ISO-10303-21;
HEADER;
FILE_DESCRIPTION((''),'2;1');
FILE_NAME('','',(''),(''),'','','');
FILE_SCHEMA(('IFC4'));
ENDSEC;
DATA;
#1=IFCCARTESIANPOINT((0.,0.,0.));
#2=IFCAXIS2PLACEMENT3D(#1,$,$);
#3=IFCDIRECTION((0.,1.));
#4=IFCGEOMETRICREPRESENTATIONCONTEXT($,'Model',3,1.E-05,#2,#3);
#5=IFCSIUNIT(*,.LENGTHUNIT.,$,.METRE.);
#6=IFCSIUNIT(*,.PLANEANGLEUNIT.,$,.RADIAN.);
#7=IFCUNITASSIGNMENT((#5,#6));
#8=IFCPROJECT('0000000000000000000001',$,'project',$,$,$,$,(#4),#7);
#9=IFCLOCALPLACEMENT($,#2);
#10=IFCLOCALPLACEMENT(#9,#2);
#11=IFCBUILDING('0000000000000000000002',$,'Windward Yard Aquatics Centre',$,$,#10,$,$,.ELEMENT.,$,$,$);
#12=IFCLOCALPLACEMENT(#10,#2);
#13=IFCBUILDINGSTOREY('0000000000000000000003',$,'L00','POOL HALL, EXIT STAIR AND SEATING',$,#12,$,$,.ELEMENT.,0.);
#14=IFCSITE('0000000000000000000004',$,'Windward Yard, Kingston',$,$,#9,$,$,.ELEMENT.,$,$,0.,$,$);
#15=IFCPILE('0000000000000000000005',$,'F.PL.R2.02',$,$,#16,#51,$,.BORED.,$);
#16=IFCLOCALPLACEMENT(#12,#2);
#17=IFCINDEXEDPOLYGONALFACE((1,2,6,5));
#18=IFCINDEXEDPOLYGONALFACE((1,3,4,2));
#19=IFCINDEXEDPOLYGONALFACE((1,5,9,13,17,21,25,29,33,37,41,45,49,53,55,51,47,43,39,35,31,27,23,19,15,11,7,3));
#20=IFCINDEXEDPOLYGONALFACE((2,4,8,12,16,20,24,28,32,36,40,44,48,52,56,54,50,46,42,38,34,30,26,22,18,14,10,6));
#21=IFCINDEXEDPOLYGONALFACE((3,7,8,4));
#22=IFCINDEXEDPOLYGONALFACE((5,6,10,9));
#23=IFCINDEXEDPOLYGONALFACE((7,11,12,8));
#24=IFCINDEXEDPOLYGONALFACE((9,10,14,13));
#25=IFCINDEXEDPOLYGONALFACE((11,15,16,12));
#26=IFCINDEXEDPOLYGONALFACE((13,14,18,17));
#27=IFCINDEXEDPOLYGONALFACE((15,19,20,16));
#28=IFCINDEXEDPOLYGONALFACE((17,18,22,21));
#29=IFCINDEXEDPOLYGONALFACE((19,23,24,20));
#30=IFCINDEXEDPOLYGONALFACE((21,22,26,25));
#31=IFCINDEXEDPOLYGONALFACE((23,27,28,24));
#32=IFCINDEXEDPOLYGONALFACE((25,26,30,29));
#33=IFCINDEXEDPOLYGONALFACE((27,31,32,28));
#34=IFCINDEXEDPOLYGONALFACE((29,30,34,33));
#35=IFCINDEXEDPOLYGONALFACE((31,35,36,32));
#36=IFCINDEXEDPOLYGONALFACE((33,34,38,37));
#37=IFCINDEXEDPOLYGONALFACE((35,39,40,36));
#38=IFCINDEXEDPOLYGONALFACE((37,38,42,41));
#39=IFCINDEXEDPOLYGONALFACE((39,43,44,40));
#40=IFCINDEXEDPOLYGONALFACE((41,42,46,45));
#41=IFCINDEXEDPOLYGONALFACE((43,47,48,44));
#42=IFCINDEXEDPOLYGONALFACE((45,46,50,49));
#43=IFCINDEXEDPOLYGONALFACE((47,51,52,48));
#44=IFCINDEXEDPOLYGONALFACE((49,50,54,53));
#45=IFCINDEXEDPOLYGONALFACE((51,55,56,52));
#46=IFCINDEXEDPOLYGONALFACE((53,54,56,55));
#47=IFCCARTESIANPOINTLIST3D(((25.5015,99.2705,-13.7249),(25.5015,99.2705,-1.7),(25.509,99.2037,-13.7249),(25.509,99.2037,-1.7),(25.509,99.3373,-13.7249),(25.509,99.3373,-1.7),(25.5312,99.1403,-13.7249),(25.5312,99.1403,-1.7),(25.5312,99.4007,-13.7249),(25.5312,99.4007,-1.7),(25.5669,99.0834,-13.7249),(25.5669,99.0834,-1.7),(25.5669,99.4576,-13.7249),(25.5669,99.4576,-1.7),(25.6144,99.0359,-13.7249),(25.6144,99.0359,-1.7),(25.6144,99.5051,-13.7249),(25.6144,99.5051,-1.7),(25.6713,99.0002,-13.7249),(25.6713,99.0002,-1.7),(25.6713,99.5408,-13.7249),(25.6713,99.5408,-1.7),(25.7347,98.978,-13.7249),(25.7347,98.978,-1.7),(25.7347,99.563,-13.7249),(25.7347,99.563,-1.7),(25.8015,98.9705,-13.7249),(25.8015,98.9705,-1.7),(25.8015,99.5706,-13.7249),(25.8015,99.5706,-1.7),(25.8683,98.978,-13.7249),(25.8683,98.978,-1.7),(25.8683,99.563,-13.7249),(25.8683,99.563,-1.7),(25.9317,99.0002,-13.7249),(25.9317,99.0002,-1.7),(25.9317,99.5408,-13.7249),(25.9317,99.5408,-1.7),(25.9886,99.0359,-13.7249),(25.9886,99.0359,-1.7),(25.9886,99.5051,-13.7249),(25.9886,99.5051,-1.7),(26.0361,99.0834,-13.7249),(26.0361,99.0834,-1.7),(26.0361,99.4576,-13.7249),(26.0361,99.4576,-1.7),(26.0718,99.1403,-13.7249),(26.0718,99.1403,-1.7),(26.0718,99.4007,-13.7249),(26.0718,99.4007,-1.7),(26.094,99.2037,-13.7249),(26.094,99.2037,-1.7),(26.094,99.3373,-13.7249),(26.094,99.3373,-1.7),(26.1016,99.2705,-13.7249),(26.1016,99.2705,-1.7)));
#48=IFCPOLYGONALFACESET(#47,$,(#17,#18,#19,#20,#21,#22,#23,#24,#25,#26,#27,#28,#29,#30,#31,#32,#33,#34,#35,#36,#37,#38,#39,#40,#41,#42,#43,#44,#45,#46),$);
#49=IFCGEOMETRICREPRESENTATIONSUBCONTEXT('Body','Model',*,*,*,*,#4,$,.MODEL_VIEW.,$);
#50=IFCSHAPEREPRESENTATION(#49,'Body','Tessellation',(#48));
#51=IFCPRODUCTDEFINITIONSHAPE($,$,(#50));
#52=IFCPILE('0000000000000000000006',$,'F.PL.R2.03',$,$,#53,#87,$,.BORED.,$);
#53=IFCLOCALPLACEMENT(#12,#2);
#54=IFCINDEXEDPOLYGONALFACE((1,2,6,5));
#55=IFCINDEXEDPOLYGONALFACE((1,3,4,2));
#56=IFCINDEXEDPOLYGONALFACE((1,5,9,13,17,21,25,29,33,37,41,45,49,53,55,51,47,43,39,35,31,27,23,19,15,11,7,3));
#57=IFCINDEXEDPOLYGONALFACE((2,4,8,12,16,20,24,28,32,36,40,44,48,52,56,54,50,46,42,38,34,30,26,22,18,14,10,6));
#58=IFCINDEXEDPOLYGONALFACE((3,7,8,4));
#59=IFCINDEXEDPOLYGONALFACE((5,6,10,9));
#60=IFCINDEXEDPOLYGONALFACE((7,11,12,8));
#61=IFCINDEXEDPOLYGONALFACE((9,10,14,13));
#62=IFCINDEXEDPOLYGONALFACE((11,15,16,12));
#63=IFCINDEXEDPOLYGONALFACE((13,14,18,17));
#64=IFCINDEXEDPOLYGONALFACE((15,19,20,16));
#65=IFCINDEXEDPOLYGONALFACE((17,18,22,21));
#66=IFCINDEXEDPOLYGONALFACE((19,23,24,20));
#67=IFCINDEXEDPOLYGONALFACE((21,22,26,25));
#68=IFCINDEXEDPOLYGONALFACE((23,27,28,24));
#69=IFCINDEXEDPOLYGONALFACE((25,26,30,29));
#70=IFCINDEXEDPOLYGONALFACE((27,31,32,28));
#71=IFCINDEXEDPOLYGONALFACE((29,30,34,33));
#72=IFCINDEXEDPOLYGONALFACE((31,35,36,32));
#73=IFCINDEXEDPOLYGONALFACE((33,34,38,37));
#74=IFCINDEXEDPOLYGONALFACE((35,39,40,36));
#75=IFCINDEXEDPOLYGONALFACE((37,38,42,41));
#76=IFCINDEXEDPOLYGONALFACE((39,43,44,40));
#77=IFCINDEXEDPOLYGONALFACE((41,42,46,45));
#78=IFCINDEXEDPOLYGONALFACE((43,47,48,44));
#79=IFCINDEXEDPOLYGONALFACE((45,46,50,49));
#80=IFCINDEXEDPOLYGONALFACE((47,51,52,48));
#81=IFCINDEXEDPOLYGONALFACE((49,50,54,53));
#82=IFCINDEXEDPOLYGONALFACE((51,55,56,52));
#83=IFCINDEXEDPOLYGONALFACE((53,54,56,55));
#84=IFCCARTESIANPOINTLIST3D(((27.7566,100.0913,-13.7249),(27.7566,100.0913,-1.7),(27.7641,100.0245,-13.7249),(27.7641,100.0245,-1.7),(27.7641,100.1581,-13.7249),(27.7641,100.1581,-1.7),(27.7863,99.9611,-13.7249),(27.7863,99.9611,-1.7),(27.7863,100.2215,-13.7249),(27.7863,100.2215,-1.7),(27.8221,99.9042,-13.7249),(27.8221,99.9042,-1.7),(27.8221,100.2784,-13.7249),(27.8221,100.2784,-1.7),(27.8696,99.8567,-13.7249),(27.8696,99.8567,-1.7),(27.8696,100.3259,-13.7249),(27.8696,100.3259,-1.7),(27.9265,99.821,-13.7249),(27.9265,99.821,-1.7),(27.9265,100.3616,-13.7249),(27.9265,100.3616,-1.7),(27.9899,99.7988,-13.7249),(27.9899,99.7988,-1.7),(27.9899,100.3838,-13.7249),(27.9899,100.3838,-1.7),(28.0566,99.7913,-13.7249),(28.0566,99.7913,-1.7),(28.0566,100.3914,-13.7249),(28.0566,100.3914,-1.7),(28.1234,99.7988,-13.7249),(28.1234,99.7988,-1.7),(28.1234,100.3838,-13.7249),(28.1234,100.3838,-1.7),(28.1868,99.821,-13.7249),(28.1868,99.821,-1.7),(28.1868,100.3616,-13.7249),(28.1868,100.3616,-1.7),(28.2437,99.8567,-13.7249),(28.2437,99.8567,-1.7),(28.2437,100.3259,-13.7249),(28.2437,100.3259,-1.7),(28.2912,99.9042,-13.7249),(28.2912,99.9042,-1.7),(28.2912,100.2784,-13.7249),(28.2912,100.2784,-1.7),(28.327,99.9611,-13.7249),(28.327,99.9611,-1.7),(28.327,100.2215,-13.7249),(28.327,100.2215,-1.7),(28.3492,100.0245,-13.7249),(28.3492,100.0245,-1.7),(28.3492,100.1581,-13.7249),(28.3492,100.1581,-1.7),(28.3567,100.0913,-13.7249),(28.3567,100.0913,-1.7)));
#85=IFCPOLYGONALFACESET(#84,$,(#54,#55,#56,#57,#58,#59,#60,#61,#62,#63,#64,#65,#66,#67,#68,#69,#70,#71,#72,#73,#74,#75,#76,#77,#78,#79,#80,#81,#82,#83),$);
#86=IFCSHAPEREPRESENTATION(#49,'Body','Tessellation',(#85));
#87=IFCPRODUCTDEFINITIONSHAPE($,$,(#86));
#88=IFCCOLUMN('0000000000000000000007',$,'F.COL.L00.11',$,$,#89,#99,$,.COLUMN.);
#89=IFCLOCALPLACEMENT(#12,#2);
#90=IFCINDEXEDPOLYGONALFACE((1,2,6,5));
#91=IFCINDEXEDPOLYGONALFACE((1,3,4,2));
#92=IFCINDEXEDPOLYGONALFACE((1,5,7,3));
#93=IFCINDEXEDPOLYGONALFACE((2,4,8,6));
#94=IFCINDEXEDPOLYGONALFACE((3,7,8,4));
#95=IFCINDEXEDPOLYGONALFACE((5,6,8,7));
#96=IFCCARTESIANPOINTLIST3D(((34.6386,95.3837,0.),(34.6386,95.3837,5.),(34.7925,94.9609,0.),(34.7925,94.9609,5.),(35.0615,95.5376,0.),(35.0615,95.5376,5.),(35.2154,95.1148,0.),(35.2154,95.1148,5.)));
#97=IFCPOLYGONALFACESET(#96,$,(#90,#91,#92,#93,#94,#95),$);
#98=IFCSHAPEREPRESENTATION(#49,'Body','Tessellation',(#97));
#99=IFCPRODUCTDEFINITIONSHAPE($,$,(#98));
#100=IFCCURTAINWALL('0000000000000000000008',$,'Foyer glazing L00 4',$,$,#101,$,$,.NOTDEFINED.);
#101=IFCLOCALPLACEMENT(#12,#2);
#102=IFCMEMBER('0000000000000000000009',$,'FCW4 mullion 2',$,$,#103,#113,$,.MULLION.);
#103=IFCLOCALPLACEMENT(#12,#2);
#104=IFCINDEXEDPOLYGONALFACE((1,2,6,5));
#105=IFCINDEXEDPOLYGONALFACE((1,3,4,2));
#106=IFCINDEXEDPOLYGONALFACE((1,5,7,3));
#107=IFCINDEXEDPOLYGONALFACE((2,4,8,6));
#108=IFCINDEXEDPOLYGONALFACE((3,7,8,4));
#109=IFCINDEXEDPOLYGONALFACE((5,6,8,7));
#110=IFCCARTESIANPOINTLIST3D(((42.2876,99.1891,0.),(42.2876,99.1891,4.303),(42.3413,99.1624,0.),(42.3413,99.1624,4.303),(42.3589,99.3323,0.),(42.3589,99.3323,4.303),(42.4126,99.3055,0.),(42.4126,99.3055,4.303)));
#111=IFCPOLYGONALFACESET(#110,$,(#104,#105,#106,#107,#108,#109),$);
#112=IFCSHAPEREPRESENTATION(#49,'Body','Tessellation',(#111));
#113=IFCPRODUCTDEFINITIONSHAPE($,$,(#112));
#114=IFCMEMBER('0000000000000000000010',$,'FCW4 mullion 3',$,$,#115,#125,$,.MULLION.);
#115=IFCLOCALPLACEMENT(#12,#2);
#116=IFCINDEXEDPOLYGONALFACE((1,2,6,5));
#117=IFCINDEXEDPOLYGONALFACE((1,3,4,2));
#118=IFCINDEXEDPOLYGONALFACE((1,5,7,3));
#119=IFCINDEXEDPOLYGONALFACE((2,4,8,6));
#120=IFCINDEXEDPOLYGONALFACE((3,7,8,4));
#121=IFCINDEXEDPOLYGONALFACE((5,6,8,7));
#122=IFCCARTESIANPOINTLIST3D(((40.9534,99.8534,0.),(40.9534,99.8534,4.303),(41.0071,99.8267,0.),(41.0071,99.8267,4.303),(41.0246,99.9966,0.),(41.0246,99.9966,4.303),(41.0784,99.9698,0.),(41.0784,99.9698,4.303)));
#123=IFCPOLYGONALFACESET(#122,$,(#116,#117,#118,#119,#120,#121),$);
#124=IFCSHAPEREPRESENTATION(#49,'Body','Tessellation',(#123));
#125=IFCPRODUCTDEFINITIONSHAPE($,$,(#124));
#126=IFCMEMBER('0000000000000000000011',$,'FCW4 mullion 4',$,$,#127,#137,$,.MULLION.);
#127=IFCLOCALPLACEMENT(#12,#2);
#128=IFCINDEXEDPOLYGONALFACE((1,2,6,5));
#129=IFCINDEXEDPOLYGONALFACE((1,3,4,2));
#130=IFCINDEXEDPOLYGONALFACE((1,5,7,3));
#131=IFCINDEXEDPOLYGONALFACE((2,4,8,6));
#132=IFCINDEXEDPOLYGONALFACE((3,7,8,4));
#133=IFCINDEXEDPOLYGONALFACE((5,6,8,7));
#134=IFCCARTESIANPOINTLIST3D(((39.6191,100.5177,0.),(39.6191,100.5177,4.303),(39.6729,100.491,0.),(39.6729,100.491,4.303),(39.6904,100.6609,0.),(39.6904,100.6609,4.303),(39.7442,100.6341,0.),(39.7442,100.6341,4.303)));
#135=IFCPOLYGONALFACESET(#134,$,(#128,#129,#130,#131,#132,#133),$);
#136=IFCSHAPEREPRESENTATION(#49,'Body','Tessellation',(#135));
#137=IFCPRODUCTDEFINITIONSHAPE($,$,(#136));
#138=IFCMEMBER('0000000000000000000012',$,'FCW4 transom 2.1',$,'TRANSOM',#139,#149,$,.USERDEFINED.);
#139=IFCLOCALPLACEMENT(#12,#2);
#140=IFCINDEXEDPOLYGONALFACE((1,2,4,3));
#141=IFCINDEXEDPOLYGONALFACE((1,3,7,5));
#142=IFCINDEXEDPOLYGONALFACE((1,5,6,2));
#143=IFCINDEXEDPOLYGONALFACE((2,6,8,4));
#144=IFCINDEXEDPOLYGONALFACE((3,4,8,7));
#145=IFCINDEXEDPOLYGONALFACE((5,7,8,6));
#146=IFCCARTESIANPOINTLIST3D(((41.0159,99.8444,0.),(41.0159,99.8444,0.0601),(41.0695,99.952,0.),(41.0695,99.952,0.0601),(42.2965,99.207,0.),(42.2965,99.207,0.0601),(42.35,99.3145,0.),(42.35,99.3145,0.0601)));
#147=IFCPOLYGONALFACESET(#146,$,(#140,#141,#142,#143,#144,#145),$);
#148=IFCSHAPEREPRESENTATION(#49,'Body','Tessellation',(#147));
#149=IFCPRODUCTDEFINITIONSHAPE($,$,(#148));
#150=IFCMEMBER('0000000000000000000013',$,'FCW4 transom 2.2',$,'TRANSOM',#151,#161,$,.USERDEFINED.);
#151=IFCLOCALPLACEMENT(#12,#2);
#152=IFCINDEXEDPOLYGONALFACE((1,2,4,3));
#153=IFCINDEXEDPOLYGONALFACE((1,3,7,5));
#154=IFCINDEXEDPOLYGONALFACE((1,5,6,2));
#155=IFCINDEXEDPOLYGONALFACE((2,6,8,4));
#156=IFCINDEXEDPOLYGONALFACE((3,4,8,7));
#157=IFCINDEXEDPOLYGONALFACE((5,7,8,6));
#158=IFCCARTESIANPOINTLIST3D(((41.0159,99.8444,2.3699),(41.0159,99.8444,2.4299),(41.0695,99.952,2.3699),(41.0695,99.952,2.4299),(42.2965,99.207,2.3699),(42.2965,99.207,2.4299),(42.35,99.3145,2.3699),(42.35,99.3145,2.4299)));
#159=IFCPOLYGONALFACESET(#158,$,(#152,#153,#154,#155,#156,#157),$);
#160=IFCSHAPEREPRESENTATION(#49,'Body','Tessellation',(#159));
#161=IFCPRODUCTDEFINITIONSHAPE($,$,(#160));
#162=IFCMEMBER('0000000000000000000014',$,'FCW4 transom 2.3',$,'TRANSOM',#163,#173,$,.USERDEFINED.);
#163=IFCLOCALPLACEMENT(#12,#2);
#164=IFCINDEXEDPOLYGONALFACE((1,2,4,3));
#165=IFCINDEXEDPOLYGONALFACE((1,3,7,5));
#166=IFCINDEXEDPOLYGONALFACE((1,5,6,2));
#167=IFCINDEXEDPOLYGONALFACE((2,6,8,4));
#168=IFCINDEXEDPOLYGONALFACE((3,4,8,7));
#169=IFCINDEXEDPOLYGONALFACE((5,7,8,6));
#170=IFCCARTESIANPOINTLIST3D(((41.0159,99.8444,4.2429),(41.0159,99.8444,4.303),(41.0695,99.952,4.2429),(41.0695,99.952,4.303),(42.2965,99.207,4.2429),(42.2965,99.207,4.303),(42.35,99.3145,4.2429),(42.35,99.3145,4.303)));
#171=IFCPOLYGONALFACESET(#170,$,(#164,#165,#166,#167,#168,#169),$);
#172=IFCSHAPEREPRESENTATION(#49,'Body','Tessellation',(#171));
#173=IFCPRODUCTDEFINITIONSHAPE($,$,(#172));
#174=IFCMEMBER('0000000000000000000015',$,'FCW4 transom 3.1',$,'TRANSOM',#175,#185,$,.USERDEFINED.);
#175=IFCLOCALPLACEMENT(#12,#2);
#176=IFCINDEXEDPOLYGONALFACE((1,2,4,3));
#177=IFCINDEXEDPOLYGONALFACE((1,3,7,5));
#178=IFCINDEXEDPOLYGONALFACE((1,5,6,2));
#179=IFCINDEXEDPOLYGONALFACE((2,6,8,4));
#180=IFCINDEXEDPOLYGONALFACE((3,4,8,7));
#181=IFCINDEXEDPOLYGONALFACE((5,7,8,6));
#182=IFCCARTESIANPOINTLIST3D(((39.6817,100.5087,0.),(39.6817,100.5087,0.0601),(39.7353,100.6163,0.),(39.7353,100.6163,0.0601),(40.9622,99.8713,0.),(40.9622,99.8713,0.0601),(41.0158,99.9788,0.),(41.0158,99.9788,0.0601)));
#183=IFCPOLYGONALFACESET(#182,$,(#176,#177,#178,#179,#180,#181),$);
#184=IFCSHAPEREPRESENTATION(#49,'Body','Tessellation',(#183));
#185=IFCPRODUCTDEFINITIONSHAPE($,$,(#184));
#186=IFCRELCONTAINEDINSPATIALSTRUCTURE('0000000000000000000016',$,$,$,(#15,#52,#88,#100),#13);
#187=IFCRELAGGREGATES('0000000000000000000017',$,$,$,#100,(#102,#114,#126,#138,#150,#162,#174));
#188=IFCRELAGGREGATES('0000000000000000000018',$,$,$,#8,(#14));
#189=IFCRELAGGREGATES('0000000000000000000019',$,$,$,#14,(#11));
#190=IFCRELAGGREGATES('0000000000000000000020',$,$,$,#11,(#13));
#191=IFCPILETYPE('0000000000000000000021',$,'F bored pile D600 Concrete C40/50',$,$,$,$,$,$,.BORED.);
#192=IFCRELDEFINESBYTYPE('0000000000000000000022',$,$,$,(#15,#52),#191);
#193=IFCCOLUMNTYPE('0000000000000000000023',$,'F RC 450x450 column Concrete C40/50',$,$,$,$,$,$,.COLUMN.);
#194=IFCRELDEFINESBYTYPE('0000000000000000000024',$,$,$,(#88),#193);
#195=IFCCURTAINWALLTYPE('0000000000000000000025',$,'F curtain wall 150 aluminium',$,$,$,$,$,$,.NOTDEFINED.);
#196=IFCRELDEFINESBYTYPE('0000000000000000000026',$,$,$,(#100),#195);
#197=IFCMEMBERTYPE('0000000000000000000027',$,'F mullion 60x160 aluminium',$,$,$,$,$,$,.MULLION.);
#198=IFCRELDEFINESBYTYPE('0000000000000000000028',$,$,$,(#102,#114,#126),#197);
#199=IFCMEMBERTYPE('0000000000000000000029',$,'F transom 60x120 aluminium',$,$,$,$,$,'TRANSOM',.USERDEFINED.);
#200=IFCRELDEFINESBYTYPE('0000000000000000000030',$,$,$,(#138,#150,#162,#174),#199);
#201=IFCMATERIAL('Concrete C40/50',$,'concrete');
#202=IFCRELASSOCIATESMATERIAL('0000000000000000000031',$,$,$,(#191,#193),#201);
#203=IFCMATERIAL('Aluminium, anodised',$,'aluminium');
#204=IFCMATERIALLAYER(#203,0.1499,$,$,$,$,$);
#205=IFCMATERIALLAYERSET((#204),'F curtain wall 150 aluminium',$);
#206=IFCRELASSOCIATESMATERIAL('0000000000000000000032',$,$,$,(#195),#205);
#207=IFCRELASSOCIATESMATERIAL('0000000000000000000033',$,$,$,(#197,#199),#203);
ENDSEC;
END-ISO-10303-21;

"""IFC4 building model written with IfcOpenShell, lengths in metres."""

from ifc_helpers import new_model, si_unit, direction, frame, origin, origin_2d, place, context, subcontext, project, spatial, rectangle, circle, extrude, material, layer, layer_set, material_profile, profile_set, type_object, element, aggregate, save


model = new_model("IFC4")

# Units and contexts
model_context = context("Model", 3, precision=1e-05, world=origin(), true_north=direction((0.0, 1.0)))
body_context = subcontext(model_context, "Body", "Model", "MODEL_VIEW")
ifc_project = project(units=[si_unit("LENGTHUNIT", "METRE"), si_unit("PLANEANGLEUNIT", "RADIAN")], contexts=[model_context])

# Site, building, storey
site_placement = place(None, origin())
site = spatial("IfcSite", under=ifc_project, at=site_placement, Name="Windward Yard, Kingston", CompositionType="ELEMENT", RefElevation=0.0)
building_placement = place(site_placement, origin())
building = spatial("IfcBuilding", under=site, at=building_placement, Name="Windward Yard Aquatics Centre", CompositionType="ELEMENT")
storey_placement = place(building_placement, origin())
storey = spatial("IfcBuildingStorey", under=building, at=storey_placement, Name="L00", Description="POOL HALL, EXIT STAIR AND SEATING", CompositionType="ELEMENT", Elevation=0.0)

# Piles
ifc_material_1 = material(Name="Concrete C40/50", Category="concrete")
ifc_material_profile_1 = material_profile(ifc_material_1, circle(Radius=0.3, at=origin_2d()), Name="D600")
ifc_profile_set_1 = profile_set([ifc_material_profile_1], Name="Concrete C40/50")
pile_type = type_object("IfcPileType", Name="F bored pile D600 Concrete C40/50", PredefinedType="BORED", material=ifc_profile_set_1)
for number, where, z_axis, x_axis, name in (
    (1, (25.8015, 99.2705, -1.7), (0.0, 0.0, -1.0), (1.0, 0.0, 0.0), "F.PL.R2.02"),
    (2, (28.0566, 100.0913, -1.7), (0.0, 0.0, -1.0), (1.0, 0.0, 0.0), "F.PL.R2.03"),
):
    element("IfcPile", number, at=place(storey_placement, frame(where, z_axis=z_axis, x_axis=x_axis)), inside=storey, type_object=pile_type, Name=name, PredefinedType="BORED", context=body_context, shape_type="SweptSolid", body=[
        extrude(circle(Radius=0.3, at=origin_2d()), origin(), (0.0, 0.0, 1.0), 12.0249),
    ])

# Column
ifc_material_profile_2 = material_profile(ifc_material_1, rectangle(XDim=0.45, YDim=0.45, at=origin_2d()), Name="RC 450x450")
ifc_profile_set_2 = profile_set([ifc_material_profile_2], Name="Concrete C40/50")
column_type = type_object("IfcColumnType", Name="F RC 450x450 column Concrete C40/50", PredefinedType="COLUMN", material=ifc_profile_set_2)
column_placement = place(storey_placement, frame((34.927, 95.2493, 0.0), z_axis=(0.0, 0.0, 1.0), x_axis=(0.939693, 0.34202, 0.0)))
element("IfcColumn", 3, at=column_placement, inside=storey, type_object=column_type, Name="F.COL.L00.11", PredefinedType="COLUMN", context=body_context, shape_type="SweptSolid", body=[
    extrude(rectangle(XDim=0.45, YDim=0.45, at=origin_2d()), origin(), (0.0, 0.0, 1.0), 5.0),
])

# Curtain wall, members
ifc_material_2 = material(Name="Aluminium, anodised", Category="aluminium")
ifc_layer_1 = layer(ifc_material_2, 0.1499)
ifc_layer_set_1 = layer_set([ifc_layer_1], Name="F curtain wall 150 aluminium")
curtain_wall_type = type_object("IfcCurtainWallType", Name="F curtain wall 150 aluminium", PredefinedType="NOTDEFINED", material=ifc_layer_set_1)
curtain_wall_placement = place(storey_placement, origin())
curtain_wall = element("IfcCurtainWall", 4, at=curtain_wall_placement, inside=storey, type_object=curtain_wall_type, Name="Foyer glazing L00 4", PredefinedType="NOTDEFINED")
ifc_material_profile_3 = material_profile(ifc_material_2, rectangle(XDim=0.1599, YDim=0.0601, at=origin_2d()), Name="MULLION 60x160")
ifc_profile_set_3 = profile_set([ifc_material_profile_3], Name="Aluminium, anodised")
member_type_1 = type_object("IfcMemberType", Name="F mullion 60x160 aluminium", PredefinedType="MULLION", material=ifc_profile_set_3)
member_1_placement = place(storey_placement, frame((42.3501, 99.2473, 0.0), z_axis=(0.0, 0.0, 1.0), x_axis=(-0.445707, -0.895179, 0.0)))
member_1 = element("IfcMember", 5, at=member_1_placement, type_object=member_type_1, Name="FCW4 mullion 2", PredefinedType="MULLION", context=body_context, shape_type="SweptSolid", body=[
    extrude(rectangle(XDim=0.1599, YDim=0.0601, at=origin_2d()), origin(), (0.0, 0.0, 1.0), 4.303),
])
member_2_placement = place(storey_placement, frame((41.0159, 99.9116, 0.0), z_axis=(0.0, 0.0, 1.0), x_axis=(-0.445707, -0.895179, 0.0)))
member_2 = element("IfcMember", 6, at=member_2_placement, type_object=member_type_1, Name="FCW4 mullion 3", PredefinedType="MULLION", context=body_context, shape_type="SweptSolid", body=[
    extrude(rectangle(XDim=0.1599, YDim=0.0601, at=origin_2d()), origin(), (0.0, 0.0, 1.0), 4.303),
])
member_3_placement = place(storey_placement, frame((39.6816, 100.5759, 0.0), z_axis=(0.0, 0.0, 1.0), x_axis=(-0.445707, -0.895179, 0.0)))
member_3 = element("IfcMember", 7, at=member_3_placement, type_object=member_type_1, Name="FCW4 mullion 4", PredefinedType="MULLION", context=body_context, shape_type="SweptSolid", body=[
    extrude(rectangle(XDim=0.1599, YDim=0.0601, at=origin_2d()), origin(), (0.0, 0.0, 1.0), 4.303),
])
ifc_material_profile_4 = material_profile(ifc_material_2, rectangle(XDim=0.1201, YDim=0.0601, at=origin_2d()), Name="TRANSOM 60x120")
ifc_profile_set_4 = profile_set([ifc_material_profile_4], Name="Aluminium, anodised")
member_type_2 = type_object("IfcMemberType", Name="F transom 60x120 aluminium", ElementType="TRANSOM", PredefinedType="USERDEFINED", material=ifc_profile_set_4)
member_4_placement = place(storey_placement, frame((42.3232, 99.2607, 0.03), z_axis=(-0.895211, 0.445643, 0.0), x_axis=(-0.445643, -0.895211, 0.0)))
member_4 = element("IfcMember", 8, at=member_4_placement, type_object=member_type_2, Name="FCW4 transom 2.1", ObjectType="TRANSOM", PredefinedType="USERDEFINED", context=body_context, shape_type="SweptSolid", body=[
    extrude(rectangle(XDim=0.1201, YDim=0.0601, at=origin_2d()), origin(), (0.0, 0.0, 1.0), 1.4304),
])
member_5_placement = place(storey_placement, frame((42.3232, 99.2607, 2.3999), z_axis=(-0.895211, 0.445643, 0.0), x_axis=(-0.445643, -0.895211, 0.0)))
member_5 = element("IfcMember", 9, at=member_5_placement, type_object=member_type_2, Name="FCW4 transom 2.2", ObjectType="TRANSOM", PredefinedType="USERDEFINED", context=body_context, shape_type="SweptSolid", body=[
    extrude(rectangle(XDim=0.1201, YDim=0.0601, at=origin_2d()), origin(), (0.0, 0.0, 1.0), 1.4304),
])
member_6_placement = place(storey_placement, frame((42.3232, 99.2607, 4.2729), z_axis=(-0.895211, 0.445643, 0.0), x_axis=(-0.445643, -0.895211, 0.0)))
member_6 = element("IfcMember", 10, at=member_6_placement, type_object=member_type_2, Name="FCW4 transom 2.3", ObjectType="TRANSOM", PredefinedType="USERDEFINED", context=body_context, shape_type="SweptSolid", body=[
    extrude(rectangle(XDim=0.1201, YDim=0.0601, at=origin_2d()), origin(), (0.0, 0.0, 1.0), 1.4304),
])
member_7_placement = place(storey_placement, frame((40.989, 99.925, 0.03), z_axis=(-0.895211, 0.445643, 0.0), x_axis=(-0.445643, -0.895211, 0.0)))
member_7 = element("IfcMember", 11, at=member_7_placement, type_object=member_type_2, Name="FCW4 transom 3.1", ObjectType="TRANSOM", PredefinedType="USERDEFINED", context=body_context, shape_type="SweptSolid", body=[
    extrude(rectangle(XDim=0.1201, YDim=0.0601, at=origin_2d()), origin(), (0.0, 0.0, 1.0), 1.4304),
])
aggregate(curtain_wall, [member_1, member_2, member_3, member_4, member_5, member_6, member_7])

save(model, "model.ifc")
